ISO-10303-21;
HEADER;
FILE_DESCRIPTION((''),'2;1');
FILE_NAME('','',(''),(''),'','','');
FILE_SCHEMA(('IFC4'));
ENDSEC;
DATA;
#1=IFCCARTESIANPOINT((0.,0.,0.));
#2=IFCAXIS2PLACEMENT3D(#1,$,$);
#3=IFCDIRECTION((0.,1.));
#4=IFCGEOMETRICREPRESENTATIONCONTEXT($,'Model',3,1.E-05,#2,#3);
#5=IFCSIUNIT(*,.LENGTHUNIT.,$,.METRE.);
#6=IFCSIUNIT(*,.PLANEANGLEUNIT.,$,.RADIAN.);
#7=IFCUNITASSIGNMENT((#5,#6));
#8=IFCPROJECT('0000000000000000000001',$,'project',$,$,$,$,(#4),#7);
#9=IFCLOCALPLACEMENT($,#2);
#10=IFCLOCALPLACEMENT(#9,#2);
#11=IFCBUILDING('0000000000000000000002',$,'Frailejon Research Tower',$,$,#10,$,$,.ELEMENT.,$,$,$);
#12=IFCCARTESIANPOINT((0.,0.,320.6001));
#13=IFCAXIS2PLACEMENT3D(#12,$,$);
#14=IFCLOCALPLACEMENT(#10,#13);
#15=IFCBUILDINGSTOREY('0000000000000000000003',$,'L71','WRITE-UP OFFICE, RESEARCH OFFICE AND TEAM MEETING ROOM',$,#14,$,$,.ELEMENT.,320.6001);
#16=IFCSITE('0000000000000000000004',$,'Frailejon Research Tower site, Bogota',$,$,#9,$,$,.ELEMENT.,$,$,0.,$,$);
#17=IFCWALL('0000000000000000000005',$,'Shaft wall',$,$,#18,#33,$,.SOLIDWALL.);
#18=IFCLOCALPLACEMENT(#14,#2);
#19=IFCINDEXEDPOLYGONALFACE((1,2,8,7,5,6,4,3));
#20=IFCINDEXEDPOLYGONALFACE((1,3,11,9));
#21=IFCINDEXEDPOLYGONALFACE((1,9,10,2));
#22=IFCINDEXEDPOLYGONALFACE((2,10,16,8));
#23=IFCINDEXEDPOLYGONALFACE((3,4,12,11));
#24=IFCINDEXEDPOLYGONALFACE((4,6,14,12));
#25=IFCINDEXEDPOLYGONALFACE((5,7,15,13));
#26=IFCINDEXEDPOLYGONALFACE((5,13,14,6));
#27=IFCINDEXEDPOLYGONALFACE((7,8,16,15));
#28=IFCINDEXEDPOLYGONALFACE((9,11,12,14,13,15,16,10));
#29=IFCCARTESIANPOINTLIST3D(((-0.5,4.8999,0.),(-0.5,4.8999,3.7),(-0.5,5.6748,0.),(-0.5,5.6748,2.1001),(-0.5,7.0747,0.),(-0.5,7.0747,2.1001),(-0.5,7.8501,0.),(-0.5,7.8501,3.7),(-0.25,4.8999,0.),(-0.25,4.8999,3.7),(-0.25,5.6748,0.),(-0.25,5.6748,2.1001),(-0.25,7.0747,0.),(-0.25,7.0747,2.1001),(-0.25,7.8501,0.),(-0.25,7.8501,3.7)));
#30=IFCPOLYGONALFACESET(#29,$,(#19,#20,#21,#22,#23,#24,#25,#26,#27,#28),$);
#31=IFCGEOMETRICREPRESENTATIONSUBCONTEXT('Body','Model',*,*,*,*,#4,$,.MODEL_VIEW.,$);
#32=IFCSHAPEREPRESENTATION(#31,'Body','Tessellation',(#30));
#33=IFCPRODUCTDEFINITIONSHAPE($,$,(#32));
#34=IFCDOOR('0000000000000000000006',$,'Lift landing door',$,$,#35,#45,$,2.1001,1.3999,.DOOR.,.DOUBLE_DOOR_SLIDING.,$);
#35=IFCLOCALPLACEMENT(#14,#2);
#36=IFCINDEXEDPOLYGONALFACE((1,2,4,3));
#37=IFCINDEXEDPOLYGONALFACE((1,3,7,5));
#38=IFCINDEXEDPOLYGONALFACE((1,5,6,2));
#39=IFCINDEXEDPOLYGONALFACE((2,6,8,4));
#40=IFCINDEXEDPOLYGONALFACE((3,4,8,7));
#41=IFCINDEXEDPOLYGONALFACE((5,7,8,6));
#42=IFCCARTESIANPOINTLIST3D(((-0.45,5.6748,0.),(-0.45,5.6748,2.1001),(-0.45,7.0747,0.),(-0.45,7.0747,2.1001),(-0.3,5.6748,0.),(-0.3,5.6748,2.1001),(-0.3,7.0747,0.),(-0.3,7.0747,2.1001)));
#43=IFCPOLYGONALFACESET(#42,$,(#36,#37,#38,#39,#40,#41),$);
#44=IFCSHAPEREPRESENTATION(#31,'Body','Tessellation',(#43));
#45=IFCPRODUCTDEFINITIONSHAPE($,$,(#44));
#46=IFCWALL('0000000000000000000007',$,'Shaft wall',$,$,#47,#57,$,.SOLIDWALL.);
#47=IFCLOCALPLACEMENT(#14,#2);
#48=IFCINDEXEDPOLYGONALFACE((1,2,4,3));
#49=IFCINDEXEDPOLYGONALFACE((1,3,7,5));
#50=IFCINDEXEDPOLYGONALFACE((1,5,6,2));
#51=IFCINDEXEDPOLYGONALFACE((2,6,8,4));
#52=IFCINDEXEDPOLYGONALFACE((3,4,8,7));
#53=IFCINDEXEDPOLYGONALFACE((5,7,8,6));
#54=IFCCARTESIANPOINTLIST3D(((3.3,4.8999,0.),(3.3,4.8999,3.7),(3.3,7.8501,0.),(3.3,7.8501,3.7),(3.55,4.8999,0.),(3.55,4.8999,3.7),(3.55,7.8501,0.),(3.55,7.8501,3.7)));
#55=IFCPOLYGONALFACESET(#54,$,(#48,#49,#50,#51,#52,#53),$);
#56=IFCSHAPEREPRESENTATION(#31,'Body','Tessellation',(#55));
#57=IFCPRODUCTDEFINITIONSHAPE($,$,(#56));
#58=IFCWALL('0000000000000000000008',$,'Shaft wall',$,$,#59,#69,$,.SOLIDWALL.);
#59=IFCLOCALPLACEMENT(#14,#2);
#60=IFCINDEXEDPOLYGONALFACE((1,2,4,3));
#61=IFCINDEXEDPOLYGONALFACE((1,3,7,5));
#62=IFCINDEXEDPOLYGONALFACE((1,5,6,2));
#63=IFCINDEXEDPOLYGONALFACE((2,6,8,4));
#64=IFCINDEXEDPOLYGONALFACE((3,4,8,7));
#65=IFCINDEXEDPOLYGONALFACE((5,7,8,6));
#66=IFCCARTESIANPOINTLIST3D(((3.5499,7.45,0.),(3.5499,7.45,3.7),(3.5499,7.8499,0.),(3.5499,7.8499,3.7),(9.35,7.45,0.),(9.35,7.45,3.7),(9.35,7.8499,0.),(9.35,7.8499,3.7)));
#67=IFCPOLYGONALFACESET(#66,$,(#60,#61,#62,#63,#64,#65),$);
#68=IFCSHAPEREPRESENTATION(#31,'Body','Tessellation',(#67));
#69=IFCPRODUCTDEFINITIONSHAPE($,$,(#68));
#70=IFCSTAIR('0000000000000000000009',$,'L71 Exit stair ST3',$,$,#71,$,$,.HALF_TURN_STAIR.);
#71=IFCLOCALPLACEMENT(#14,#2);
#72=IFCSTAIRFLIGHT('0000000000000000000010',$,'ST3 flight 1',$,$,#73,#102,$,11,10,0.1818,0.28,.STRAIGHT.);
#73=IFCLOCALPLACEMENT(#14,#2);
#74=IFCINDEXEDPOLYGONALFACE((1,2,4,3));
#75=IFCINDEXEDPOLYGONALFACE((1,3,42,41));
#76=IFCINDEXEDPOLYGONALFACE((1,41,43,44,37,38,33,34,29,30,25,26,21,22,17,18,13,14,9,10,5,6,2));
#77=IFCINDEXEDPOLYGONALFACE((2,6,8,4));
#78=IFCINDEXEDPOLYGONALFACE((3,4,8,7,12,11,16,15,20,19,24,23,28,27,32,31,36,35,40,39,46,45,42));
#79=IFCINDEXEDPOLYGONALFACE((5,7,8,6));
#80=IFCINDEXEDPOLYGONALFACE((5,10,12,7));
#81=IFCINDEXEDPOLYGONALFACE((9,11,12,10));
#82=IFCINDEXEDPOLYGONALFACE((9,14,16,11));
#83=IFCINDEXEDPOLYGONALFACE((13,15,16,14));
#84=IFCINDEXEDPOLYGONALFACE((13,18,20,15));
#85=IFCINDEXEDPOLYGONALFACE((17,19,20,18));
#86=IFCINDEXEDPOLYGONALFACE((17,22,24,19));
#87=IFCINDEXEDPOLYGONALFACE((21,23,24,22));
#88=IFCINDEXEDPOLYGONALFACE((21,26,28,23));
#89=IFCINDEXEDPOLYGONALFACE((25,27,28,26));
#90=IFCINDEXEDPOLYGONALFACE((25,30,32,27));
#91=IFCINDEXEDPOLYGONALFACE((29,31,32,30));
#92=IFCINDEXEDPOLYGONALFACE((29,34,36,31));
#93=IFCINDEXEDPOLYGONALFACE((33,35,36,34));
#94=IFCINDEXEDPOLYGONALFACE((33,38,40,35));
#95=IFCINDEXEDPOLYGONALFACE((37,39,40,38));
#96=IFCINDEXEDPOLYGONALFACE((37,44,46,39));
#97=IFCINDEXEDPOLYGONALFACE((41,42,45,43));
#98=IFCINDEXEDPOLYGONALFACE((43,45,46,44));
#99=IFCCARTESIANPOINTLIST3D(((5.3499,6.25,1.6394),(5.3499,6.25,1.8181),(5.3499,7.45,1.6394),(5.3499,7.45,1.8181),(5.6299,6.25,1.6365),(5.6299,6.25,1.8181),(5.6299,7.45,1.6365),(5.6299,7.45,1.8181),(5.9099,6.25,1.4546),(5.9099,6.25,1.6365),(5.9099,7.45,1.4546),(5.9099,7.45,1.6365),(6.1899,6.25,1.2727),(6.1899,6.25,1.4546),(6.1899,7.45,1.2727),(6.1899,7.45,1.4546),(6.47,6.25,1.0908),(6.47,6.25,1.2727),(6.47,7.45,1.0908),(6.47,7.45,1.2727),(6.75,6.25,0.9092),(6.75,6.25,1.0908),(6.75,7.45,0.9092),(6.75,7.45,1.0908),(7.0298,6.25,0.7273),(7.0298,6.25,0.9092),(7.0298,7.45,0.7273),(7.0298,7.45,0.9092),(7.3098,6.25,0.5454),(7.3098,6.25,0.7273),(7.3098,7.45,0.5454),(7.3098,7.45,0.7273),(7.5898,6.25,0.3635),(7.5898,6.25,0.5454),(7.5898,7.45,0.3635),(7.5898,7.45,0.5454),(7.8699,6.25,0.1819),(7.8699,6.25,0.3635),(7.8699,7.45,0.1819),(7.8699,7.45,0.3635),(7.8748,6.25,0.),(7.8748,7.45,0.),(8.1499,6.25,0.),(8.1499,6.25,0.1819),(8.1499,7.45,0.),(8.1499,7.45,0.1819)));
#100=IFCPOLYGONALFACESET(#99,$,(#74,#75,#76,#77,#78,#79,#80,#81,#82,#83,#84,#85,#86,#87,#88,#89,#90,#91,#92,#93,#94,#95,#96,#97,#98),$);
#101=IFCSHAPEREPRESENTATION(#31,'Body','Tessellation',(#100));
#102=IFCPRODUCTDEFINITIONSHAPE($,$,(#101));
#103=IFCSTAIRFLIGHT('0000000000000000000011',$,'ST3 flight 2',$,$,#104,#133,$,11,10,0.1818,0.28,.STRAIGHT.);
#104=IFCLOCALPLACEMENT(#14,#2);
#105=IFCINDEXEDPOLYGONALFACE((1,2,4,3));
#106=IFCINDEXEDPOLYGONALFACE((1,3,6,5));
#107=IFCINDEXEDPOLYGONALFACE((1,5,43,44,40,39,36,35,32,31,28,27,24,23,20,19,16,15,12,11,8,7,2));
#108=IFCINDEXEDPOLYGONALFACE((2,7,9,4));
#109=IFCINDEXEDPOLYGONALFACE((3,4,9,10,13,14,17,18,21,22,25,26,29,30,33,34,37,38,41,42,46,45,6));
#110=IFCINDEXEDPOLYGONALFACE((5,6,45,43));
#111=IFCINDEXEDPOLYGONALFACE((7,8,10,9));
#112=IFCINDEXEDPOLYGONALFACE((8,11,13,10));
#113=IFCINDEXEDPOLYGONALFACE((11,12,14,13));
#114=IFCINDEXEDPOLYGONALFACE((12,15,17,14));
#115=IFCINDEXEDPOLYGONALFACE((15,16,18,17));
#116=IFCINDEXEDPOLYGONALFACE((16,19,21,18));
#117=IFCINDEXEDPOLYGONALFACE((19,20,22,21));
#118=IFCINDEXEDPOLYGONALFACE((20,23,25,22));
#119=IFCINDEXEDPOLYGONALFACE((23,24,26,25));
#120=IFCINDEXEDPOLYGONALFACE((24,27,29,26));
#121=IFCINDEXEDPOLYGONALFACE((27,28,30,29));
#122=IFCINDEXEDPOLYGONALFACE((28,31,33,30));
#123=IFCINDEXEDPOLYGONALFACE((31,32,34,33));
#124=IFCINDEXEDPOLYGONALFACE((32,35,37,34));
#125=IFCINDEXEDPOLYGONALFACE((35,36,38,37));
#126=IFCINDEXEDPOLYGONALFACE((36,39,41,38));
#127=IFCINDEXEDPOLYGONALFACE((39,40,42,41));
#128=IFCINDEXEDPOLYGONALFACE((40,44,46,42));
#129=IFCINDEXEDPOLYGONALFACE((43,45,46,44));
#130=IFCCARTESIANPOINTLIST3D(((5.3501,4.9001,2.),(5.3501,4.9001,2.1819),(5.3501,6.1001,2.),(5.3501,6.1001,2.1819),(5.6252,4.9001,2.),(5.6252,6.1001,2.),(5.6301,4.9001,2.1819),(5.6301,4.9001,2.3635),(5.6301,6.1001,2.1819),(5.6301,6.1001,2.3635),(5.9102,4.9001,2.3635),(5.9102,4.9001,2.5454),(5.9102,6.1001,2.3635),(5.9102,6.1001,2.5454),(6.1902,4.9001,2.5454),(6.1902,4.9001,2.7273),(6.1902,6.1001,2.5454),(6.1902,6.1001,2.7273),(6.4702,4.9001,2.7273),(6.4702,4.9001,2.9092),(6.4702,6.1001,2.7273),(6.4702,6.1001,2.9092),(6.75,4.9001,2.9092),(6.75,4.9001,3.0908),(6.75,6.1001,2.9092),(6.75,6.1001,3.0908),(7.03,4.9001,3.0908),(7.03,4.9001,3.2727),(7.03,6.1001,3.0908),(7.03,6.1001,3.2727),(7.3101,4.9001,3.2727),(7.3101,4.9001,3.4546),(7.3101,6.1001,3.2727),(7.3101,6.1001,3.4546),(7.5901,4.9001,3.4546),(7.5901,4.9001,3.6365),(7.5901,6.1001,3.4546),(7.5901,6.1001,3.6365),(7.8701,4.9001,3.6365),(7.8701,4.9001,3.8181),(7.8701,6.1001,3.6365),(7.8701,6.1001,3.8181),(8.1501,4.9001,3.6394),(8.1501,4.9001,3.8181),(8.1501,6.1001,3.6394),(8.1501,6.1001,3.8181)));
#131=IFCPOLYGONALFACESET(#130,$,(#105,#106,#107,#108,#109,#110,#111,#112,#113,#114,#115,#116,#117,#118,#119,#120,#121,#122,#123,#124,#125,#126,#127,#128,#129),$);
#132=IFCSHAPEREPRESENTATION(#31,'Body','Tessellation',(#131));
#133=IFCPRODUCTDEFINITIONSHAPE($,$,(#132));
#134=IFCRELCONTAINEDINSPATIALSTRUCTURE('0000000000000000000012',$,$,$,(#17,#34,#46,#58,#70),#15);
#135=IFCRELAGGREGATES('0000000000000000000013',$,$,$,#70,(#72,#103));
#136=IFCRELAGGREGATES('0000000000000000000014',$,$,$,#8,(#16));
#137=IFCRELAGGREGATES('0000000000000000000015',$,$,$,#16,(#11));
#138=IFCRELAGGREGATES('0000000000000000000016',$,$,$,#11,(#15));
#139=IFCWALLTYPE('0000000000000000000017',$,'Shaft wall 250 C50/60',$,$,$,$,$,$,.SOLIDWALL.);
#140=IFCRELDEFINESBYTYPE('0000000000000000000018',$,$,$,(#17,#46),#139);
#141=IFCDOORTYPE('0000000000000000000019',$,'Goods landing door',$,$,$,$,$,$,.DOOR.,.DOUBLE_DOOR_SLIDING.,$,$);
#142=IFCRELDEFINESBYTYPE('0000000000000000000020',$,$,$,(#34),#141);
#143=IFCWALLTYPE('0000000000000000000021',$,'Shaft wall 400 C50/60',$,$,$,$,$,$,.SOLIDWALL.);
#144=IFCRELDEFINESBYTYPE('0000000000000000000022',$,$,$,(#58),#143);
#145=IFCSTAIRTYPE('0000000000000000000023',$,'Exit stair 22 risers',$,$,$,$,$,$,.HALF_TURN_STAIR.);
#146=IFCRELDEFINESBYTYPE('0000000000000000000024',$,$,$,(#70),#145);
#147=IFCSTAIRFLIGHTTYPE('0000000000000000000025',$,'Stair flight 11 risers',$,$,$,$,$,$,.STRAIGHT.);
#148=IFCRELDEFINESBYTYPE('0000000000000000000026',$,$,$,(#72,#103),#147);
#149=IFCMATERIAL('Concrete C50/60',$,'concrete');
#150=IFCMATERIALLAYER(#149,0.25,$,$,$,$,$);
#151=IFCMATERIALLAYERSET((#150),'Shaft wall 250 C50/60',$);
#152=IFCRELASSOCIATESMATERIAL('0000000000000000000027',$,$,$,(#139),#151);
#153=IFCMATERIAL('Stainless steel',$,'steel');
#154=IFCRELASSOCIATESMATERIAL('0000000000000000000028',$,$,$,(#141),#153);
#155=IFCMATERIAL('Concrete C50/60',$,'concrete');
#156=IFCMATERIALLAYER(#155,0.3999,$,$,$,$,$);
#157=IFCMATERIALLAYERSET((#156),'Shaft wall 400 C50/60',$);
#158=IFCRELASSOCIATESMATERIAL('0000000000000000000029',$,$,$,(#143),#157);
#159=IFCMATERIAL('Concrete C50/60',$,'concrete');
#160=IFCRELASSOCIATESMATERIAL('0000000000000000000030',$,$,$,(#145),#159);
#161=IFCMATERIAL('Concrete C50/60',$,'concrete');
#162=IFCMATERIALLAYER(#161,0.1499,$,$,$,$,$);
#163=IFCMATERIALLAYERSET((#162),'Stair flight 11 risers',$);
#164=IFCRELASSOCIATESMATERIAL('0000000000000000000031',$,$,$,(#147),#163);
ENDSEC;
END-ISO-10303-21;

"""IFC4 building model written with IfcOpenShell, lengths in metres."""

from ifc_helpers import new_model, si_unit, direction, frame, frame_2d, origin, place, context, subcontext, project, spatial, polyline, rectangle, outline, extrude, material, layer, layer_set, type_object, element, fill, aggregate, save


model = new_model("IFC4")

# Units and contexts
model_context = context("Model", 3, precision=1e-05, world=origin(), true_north=direction((0.0, 1.0)))
body_context = subcontext(model_context, "Body", "Model", "MODEL_VIEW")
ifc_project = project(units=[si_unit("LENGTHUNIT", "METRE"), si_unit("PLANEANGLEUNIT", "RADIAN")], contexts=[model_context])

# Site, building, storey
site_placement = place(None, origin())
site = spatial("IfcSite", under=ifc_project, at=site_placement, Name="Frailejon Research Tower site, Bogota", CompositionType="ELEMENT", RefElevation=0.0)
building_placement = place(site_placement, origin())
building = spatial("IfcBuilding", under=site, at=building_placement, Name="Frailejon Research Tower", CompositionType="ELEMENT")
storey_placement = place(building_placement, frame((0.0, 0.0, 320.6001)))
storey = spatial("IfcBuildingStorey", under=building, at=storey_placement, Name="L71", Description="WRITE-UP OFFICE, RESEARCH OFFICE AND TEAM MEETING ROOM", CompositionType="ELEMENT", Elevation=320.6001)

# Wall, opening, door
ifc_material_1 = material(Name="Concrete C50/60", Category="concrete")
ifc_layer_1 = layer(ifc_material_1, 0.25)
ifc_layer_set_1 = layer_set([ifc_layer_1], Name="Shaft wall 250 C50/60")
wall_type_1 = type_object("IfcWallType", Name="Shaft wall 250 C50/60", PredefinedType="SOLIDWALL", material=ifc_layer_set_1)
wall_1_placement = place(storey_placement, frame((-0.375, 4.8999, 0.0), z_axis=(0.0, 0.0, 1.0), x_axis=(0.0, 1.0, 0.0)))
wall_1 = element("IfcWall", 1, at=wall_1_placement, inside=storey, type_object=wall_type_1, Name="Shaft wall", PredefinedType="SOLIDWALL", context=body_context, shape_type="SweptSolid", body=[
    extrude(rectangle(XDim=2.9502, YDim=0.25, at=frame_2d((1.4751, 0.0))), origin(), (0.0, 0.0, 1.0), 3.7),
])
opening_1_placement = place(wall_1_placement, frame((0.7749, 0.0, 0.0)))
opening_1 = element("IfcOpeningElement", 2, at=opening_1_placement, cuts=wall_1, PredefinedType="OPENING", context=body_context, shape_type="SweptSolid", body=[
    extrude(rectangle(XDim=1.3999, YDim=2.1001, at=frame_2d((0.7, 1.05))), frame((0.0, 0.135, 0.0), z_axis=(0.0, -1.0, 0.0), x_axis=(1.0, 0.0, 0.0)), (0.0, 0.0, 1.0), 0.27),
])
ifc_material_2 = material(Name="Stainless steel", Category="steel")
door_type_1 = type_object("IfcDoorType", Name="Goods landing door", OperationType="DOUBLE_DOOR_SLIDING", PredefinedType="DOOR", material=ifc_material_2)
door_1_placement = place(opening_1_placement, origin())
door_1 = element("IfcDoor", 3, at=door_1_placement, inside=storey, type_object=door_type_1, Name="Lift landing door", OperationType="DOUBLE_DOOR_SLIDING", OverallHeight=2.1001, OverallWidth=1.3999, PredefinedType="DOOR", context=body_context, shape_type="SweptSolid", body=[
    extrude(rectangle(XDim=1.3999, YDim=2.1001, at=frame_2d((0.7, 1.05))), frame((0.0, 0.075, 0.0), z_axis=(0.0, -1.0, 0.0), x_axis=(1.0, 0.0, 0.0)), (0.0, 0.0, 1.0), 0.1499),
])
fill(opening_1, door_1)

# Walls
wall_2_placement = place(storey_placement, frame((3.425, 4.8999, 0.0), z_axis=(0.0, 0.0, 1.0), x_axis=(0.0, 1.0, 0.0)))
element("IfcWall", 4, at=wall_2_placement, inside=storey, type_object=wall_type_1, Name="Shaft wall", PredefinedType="SOLIDWALL", context=body_context, shape_type="SweptSolid", body=[
    extrude(rectangle(XDim=2.9502, YDim=0.25, at=frame_2d((1.4751, 0.0))), origin(), (0.0, 0.0, 1.0), 3.7),
])
ifc_material_3 = material(Name="Concrete C50/60", Category="concrete")
ifc_layer_2 = layer(ifc_material_3, 0.3999)
ifc_layer_set_2 = layer_set([ifc_layer_2], Name="Shaft wall 400 C50/60")
wall_type_2 = type_object("IfcWallType", Name="Shaft wall 400 C50/60", PredefinedType="SOLIDWALL", material=ifc_layer_set_2)
wall_3_placement = place(storey_placement, frame((3.55, 7.6499, 0.0), z_axis=(0.0, 0.0, 1.0), x_axis=(1.0, 0.0, 0.0)))
element("IfcWall", 5, at=wall_3_placement, inside=storey, type_object=wall_type_2, Name="Shaft wall", PredefinedType="SOLIDWALL", context=body_context, shape_type="SweptSolid", body=[
    extrude(rectangle(XDim=5.8, YDim=0.3999, at=frame_2d((2.8999, 0.0))), origin(), (0.0, 0.0, 1.0), 3.7),
])

# Stair, stair flights
ifc_material_4 = material(Name="Concrete C50/60", Category="concrete")
stair_type = type_object("IfcStairType", Name="Exit stair 22 risers", PredefinedType="HALF_TURN_STAIR", material=ifc_material_4)
stair_placement = place(storey_placement, origin())
stair = element("IfcStair", 6, at=stair_placement, inside=storey, type_object=stair_type, Name="L71 Exit stair ST3", PredefinedType="HALF_TURN_STAIR")
ifc_material_5 = material(Name="Concrete C50/60", Category="concrete")
ifc_layer_3 = layer(ifc_material_5, 0.1499)
ifc_layer_set_3 = layer_set([ifc_layer_3], Name="Stair flight 11 risers")
stair_flight_type = type_object("IfcStairFlightType", Name="Stair flight 11 risers", PredefinedType="STRAIGHT", material=ifc_layer_set_3)
stair_flight_1_placement = place(storey_placement, frame((8.1499, 6.8501, 0.0), z_axis=(0.0, 0.0, 1.0), x_axis=(-1.0, 0.0, 0.0)))
stair_flight_1 = element("IfcStairFlight", 7, at=stair_flight_1_placement, type_object=stair_flight_type, Name="ST3 flight 1", NumberOfRisers=11, NumberOfTreads=10, PredefinedType="STRAIGHT", RiserHeight=0.1818, TreadLength=0.28, context=body_context, shape_type="SweptSolid", body=[
    extrude(outline(polyline([(0.0, 0.0), (0.0, 0.1819), (0.28, 0.1819), (0.28, 0.3635), (0.5601, 0.3635), (0.5601, 0.5454), (0.8401, 0.5454), (0.8401, 0.7273), (1.1201, 0.7273), (1.1201, 0.9092), (1.3999, 0.9092), (1.3999, 1.0908), (1.6799, 1.0908), (1.6799, 1.2727), (1.96, 1.2727), (1.96, 1.4546), (2.24, 1.4546), (2.24, 1.6365), (2.52, 1.6365), (2.52, 1.8181), (2.8, 1.8181), (2.8, 2.0), (2.8, 1.6394), (0.2751, 0.0), (0.0, 0.0)])), frame((0.0, 0.6001, 0.0), z_axis=(0.0, -1.0, 0.0), x_axis=(1.0, 0.0, 0.0)), (0.0, 0.0, 1.0), 1.2),
])
stair_flight_2_placement = place(storey_placement, frame((5.3501, 5.5, 2.0), z_axis=(0.0, 0.0, 1.0), x_axis=(1.0, 0.0, 0.0)))
stair_flight_2 = element("IfcStairFlight", 8, at=stair_flight_2_placement, type_object=stair_flight_type, Name="ST3 flight 2", NumberOfRisers=11, NumberOfTreads=10, PredefinedType="STRAIGHT", RiserHeight=0.1818, TreadLength=0.28, context=body_context, shape_type="SweptSolid", body=[
    extrude(outline(polyline([(0.0, 0.0), (0.0, 0.1819), (0.28, 0.1819), (0.28, 0.3635), (0.5601, 0.3635), (0.5601, 0.5454), (0.8401, 0.5454), (0.8401, 0.7273), (1.1201, 0.7273), (1.1201, 0.9092), (1.3999, 0.9092), (1.3999, 1.0908), (1.6799, 1.0908), (1.6799, 1.2727), (1.96, 1.2727), (1.96, 1.4546), (2.24, 1.4546), (2.24, 1.6365), (2.52, 1.6365), (2.52, 1.8181), (2.8, 1.8181), (2.8, 2.0), (2.8, 1.6394), (0.2751, 0.0), (0.0, 0.0)])), frame((0.0, 0.6001, 0.0), z_axis=(0.0, -1.0, 0.0), x_axis=(1.0, 0.0, 0.0)), (0.0, 0.0, 1.0), 1.2),
])
aggregate(stair, [stair_flight_1, stair_flight_2])

save(model, "model.ifc")
